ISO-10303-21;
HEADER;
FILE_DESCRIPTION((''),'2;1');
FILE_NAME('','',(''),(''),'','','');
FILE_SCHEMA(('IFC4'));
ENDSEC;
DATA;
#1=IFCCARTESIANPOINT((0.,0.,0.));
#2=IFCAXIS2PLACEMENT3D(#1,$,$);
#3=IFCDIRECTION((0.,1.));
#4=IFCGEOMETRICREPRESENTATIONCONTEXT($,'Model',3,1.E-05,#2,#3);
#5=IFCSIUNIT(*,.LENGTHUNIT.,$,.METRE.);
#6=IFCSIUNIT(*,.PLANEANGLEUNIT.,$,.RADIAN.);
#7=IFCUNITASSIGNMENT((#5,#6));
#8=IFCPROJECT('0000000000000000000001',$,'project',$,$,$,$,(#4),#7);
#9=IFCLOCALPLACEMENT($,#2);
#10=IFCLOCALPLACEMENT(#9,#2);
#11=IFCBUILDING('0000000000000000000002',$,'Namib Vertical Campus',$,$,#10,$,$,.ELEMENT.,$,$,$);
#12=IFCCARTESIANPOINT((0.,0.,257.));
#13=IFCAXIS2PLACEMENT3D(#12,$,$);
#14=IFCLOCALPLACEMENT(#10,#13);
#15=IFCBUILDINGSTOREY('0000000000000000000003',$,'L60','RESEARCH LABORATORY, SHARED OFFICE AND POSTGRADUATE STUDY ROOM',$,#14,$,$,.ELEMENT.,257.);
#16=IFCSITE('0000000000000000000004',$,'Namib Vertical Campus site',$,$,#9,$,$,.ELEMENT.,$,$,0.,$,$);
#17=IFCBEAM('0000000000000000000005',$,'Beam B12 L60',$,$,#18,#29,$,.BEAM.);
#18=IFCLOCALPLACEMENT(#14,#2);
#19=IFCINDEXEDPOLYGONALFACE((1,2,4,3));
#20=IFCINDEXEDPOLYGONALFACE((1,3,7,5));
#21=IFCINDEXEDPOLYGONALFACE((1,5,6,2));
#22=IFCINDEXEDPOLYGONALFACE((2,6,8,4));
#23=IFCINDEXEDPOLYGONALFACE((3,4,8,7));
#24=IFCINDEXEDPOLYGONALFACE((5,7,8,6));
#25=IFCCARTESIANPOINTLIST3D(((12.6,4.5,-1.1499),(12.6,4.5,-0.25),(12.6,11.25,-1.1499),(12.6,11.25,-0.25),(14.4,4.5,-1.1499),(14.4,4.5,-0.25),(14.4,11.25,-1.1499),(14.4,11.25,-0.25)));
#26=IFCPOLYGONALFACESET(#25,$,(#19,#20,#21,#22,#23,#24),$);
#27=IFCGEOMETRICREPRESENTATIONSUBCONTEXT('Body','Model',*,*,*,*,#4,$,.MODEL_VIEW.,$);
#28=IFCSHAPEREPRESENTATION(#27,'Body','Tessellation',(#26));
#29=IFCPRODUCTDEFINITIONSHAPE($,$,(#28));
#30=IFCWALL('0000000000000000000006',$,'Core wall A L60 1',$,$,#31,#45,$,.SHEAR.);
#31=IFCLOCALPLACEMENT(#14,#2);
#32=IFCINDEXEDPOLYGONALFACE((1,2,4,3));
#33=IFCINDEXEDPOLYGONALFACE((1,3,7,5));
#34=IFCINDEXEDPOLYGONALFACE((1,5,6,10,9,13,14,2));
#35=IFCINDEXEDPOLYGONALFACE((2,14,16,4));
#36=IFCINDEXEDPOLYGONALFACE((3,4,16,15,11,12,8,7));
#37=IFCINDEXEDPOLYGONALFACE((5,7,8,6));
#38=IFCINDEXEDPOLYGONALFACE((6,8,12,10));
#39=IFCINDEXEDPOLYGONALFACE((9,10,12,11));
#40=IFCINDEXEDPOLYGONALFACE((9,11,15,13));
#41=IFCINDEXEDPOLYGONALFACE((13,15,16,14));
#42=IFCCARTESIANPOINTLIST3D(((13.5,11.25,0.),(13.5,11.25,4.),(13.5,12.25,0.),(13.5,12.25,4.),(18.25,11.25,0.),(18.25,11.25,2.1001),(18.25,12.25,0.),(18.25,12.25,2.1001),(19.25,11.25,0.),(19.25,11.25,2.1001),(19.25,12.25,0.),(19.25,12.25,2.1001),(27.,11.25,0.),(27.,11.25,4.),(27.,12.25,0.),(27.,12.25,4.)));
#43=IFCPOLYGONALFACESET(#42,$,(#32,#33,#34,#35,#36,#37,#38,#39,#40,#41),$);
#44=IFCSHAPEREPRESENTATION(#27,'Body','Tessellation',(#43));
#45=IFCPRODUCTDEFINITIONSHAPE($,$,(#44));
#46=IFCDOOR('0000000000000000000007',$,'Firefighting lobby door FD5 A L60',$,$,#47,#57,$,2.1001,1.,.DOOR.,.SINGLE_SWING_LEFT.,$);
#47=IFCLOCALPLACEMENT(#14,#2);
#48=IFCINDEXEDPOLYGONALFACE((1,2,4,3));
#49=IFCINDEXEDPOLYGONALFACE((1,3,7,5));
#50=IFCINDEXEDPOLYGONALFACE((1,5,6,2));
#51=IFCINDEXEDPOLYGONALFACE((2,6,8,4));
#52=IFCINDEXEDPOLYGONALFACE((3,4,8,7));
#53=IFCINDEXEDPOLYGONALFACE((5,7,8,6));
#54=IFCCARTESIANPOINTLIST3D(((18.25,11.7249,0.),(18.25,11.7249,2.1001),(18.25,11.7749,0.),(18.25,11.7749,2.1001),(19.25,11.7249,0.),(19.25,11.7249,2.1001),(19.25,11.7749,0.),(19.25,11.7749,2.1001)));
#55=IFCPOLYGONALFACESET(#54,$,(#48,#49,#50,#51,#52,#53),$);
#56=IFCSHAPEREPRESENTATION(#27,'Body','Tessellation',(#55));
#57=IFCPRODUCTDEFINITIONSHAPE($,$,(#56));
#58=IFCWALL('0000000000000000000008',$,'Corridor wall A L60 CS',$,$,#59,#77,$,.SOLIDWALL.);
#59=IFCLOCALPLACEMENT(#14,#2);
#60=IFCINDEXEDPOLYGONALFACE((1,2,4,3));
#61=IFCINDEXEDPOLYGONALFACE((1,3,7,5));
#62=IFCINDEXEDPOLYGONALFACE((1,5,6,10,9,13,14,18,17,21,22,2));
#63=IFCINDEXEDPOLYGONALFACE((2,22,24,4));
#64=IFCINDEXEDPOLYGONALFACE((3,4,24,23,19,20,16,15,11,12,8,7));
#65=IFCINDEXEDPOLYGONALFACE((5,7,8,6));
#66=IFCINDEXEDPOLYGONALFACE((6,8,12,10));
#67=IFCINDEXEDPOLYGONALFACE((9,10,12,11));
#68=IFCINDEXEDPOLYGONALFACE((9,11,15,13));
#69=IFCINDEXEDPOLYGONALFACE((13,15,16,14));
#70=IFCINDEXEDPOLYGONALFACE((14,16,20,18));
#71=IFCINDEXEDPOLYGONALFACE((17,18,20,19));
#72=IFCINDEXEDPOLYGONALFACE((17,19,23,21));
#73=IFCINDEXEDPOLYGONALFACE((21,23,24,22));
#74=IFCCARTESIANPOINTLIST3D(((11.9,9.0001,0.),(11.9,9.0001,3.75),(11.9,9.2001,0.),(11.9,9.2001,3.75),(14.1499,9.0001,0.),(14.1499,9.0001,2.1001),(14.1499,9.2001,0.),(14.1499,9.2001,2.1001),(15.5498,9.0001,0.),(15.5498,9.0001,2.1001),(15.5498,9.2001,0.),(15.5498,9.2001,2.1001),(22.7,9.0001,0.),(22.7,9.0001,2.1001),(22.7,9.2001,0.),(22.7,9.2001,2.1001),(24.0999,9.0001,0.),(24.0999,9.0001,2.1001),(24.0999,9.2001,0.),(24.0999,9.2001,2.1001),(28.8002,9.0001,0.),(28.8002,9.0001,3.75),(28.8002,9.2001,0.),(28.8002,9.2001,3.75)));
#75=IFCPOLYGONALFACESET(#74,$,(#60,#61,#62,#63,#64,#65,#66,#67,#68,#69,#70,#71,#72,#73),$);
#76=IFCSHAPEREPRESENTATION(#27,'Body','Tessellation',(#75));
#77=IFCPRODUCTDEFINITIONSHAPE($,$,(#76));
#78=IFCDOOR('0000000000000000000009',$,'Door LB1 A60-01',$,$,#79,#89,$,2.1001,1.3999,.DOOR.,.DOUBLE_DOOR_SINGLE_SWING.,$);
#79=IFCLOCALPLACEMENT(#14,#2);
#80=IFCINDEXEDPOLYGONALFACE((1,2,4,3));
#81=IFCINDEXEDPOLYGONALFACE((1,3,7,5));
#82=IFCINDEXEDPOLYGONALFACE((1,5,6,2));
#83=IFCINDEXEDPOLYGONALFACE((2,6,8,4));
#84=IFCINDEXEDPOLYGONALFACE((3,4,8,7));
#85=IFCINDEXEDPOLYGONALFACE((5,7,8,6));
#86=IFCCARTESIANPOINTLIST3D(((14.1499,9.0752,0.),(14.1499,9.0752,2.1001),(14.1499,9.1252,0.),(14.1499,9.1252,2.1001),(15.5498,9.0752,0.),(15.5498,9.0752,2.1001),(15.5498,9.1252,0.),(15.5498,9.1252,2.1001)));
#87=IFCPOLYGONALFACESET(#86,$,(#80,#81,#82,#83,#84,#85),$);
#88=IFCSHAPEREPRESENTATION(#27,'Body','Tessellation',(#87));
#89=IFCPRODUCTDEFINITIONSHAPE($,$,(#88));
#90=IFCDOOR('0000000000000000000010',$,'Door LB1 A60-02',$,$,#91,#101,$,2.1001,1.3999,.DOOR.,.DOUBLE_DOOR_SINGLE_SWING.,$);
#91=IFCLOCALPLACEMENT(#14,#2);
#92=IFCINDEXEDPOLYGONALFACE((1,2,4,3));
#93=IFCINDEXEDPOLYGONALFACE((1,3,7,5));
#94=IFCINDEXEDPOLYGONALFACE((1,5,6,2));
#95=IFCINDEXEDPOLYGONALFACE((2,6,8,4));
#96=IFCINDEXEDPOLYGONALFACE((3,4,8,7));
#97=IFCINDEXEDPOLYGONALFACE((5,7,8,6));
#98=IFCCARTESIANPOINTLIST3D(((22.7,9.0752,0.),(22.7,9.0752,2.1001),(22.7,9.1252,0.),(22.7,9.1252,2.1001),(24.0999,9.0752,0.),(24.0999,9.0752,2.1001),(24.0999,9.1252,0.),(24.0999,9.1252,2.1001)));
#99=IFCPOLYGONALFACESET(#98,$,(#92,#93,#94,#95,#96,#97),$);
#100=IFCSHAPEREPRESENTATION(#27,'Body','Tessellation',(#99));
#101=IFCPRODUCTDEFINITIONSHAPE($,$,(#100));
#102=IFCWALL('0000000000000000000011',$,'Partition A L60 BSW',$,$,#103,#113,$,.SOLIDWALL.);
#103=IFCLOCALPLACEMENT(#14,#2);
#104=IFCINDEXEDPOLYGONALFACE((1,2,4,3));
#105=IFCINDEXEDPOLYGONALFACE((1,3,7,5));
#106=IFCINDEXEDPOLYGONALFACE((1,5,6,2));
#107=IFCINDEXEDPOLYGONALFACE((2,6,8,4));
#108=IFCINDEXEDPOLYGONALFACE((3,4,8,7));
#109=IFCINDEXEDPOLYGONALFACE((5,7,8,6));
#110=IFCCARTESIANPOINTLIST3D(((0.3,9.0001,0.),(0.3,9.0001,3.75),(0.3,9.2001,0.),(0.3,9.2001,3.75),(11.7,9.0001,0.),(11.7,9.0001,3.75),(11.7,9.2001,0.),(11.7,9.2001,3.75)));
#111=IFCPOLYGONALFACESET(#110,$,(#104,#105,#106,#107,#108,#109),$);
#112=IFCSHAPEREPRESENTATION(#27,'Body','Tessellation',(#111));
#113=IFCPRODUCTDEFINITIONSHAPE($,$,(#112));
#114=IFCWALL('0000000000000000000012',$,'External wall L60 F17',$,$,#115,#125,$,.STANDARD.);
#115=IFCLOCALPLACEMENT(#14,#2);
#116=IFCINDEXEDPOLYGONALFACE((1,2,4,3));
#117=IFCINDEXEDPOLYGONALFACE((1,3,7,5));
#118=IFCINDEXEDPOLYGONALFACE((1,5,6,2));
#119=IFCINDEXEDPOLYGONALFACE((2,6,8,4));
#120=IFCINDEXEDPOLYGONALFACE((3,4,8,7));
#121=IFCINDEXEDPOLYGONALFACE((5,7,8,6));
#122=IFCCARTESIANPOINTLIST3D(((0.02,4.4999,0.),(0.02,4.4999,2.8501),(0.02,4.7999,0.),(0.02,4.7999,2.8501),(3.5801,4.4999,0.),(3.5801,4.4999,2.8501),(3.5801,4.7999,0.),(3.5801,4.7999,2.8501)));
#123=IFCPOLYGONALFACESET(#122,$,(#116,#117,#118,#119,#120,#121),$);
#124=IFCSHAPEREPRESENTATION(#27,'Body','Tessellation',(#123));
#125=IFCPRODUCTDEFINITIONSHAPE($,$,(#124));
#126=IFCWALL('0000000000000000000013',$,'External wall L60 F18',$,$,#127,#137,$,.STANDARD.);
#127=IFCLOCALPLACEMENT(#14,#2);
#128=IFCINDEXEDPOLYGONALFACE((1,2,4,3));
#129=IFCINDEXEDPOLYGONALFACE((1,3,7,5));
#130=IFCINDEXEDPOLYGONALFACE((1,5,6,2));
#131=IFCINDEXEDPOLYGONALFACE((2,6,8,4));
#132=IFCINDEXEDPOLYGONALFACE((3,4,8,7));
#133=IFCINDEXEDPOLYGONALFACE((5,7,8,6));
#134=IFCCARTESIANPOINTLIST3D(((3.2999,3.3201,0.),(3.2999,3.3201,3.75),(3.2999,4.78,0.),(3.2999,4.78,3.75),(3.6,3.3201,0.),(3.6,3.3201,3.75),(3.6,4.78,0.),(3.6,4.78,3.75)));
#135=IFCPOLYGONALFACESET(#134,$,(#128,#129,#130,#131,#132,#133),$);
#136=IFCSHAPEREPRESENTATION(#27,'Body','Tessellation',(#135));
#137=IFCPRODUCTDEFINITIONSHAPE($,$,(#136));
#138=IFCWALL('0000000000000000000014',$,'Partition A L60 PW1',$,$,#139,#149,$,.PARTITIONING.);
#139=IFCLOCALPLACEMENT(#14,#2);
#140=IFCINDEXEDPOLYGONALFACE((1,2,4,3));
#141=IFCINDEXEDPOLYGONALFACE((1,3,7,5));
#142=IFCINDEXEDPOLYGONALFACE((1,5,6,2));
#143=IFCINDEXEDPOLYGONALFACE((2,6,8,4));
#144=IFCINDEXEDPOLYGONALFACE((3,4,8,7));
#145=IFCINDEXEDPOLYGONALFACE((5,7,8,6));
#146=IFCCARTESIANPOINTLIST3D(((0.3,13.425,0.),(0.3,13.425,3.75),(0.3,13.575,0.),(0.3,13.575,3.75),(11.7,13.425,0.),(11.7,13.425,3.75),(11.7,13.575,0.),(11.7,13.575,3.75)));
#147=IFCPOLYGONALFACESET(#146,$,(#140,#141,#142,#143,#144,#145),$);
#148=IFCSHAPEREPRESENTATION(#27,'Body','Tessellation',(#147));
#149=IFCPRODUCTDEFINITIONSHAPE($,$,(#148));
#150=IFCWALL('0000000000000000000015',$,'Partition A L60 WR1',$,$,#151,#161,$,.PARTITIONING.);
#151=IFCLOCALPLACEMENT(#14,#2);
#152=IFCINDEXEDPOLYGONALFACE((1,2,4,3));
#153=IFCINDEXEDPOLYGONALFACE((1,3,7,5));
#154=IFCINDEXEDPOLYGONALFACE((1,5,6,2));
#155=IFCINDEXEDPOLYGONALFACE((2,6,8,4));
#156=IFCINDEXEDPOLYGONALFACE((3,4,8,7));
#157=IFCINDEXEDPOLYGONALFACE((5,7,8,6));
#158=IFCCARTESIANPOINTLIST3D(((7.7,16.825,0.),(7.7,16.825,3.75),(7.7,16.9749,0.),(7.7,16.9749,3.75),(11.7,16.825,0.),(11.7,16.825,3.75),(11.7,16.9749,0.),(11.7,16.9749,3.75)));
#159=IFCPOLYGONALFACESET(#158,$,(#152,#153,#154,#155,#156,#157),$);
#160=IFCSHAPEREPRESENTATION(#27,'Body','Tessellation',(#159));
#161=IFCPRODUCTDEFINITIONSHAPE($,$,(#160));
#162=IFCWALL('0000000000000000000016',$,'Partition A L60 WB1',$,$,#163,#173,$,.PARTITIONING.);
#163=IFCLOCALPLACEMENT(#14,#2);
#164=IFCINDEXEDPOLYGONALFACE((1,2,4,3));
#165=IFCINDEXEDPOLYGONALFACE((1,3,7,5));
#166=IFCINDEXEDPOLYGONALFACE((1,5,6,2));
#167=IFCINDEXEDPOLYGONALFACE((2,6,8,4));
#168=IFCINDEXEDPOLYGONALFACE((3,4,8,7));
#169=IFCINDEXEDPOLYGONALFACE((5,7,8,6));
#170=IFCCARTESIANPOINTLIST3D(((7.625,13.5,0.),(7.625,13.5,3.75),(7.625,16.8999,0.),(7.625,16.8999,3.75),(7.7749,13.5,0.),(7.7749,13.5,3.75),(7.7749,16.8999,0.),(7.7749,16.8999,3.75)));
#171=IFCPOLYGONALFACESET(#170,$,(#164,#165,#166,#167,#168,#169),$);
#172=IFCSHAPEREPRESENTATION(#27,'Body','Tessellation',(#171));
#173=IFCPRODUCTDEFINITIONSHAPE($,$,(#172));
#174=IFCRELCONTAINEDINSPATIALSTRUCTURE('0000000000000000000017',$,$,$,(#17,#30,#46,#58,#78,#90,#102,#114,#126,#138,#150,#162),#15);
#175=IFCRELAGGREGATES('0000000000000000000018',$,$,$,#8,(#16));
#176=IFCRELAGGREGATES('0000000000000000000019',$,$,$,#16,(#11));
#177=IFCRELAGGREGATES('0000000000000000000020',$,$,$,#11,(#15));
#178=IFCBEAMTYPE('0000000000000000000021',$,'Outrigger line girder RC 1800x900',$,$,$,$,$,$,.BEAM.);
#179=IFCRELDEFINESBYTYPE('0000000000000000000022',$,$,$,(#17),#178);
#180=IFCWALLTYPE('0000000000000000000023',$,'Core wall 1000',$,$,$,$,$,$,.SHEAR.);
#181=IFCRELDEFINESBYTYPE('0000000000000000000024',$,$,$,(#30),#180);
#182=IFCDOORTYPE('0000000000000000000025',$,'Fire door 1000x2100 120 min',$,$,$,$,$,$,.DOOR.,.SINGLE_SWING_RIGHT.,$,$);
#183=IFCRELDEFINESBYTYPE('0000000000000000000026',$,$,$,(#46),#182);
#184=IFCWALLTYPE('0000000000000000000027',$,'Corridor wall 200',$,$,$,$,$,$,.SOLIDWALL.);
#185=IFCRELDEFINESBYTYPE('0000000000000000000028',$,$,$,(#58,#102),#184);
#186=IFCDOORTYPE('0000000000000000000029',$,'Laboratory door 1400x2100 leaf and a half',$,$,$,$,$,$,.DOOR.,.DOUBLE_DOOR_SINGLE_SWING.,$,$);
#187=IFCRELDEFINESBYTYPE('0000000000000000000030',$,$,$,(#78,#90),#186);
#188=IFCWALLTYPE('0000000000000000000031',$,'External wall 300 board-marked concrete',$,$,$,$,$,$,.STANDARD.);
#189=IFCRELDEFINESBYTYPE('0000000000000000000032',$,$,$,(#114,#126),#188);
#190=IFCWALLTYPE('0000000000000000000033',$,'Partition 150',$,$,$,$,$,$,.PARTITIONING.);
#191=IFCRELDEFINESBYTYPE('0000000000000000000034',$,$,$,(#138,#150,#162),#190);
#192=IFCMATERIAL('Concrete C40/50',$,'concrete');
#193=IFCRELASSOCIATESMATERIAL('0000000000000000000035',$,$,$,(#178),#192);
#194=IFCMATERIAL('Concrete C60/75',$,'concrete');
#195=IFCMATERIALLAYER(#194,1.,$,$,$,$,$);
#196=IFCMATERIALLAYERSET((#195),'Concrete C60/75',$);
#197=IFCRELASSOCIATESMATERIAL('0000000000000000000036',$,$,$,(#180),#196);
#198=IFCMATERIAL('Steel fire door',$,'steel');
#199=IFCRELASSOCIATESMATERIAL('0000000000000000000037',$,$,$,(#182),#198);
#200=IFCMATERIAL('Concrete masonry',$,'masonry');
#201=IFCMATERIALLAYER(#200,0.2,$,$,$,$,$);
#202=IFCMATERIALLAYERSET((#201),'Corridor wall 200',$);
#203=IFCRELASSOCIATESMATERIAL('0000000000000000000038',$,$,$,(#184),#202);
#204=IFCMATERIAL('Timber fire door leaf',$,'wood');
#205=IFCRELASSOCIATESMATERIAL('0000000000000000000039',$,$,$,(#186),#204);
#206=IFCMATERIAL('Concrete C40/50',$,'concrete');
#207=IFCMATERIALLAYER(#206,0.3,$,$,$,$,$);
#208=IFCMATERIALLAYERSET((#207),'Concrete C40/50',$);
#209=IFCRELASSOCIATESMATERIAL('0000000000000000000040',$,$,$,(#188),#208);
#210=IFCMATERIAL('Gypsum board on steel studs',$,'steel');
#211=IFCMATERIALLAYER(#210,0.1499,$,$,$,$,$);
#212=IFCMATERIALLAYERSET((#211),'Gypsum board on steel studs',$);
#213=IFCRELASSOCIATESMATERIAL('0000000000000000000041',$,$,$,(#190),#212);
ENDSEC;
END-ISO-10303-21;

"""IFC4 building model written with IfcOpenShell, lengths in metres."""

from ifc_helpers import new_model, si_unit, direction, frame, frame_2d, origin, origin_2d, place, context, subcontext, project, spatial, rectangle, extrude, material, layer, layer_set, material_profile, profile_set, type_object, element, fill, save


model = new_model("IFC4")

# Units and contexts
model_context = context("Model", 3, precision=1e-05, world=origin(), true_north=direction((0.0, 1.0)))
body_context = subcontext(model_context, "Body", "Model", "MODEL_VIEW")
ifc_project = project(units=[si_unit("LENGTHUNIT", "METRE"), si_unit("PLANEANGLEUNIT", "RADIAN")], contexts=[model_context])

# Site, building, storey
site_placement = place(None, origin())
site = spatial("IfcSite", under=ifc_project, at=site_placement, Name="Namib Vertical Campus site", CompositionType="ELEMENT", RefElevation=0.0)
building_placement = place(site_placement, origin())
building = spatial("IfcBuilding", under=site, at=building_placement, Name="Namib Vertical Campus", CompositionType="ELEMENT")
storey_placement = place(building_placement, frame((0.0, 0.0, 257.0)))
storey = spatial("IfcBuildingStorey", under=building, at=storey_placement, Name="L60", Description="RESEARCH LABORATORY, SHARED OFFICE AND POSTGRADUATE STUDY ROOM", CompositionType="ELEMENT", Elevation=257.0)

# Beam
ifc_material_1 = material(Name="Concrete C40/50", Category="concrete")
ifc_material_profile_1 = material_profile(ifc_material_1, rectangle(XDim=1.8, YDim=0.8999, at=origin_2d()))
ifc_profile_set_1 = profile_set([ifc_material_profile_1], Name="Concrete C40/50")
beam_type_1 = type_object("IfcBeamType", Name="Outrigger line girder RC 1800x900", PredefinedType="BEAM", material=ifc_profile_set_1)
beam_1_placement = place(storey_placement, frame((13.5, 4.5, -0.7), z_axis=(0.0, 1.0, 0.0), x_axis=(-1.0, 0.0, 0.0)))
element("IfcBeam", 1, at=beam_1_placement, inside=storey, type_object=beam_type_1, Name="Beam B12 L60", PredefinedType="BEAM", context=body_context, shape_type="SweptSolid", body=[
    extrude(rectangle(XDim=1.8, YDim=0.8999, at=origin_2d()), origin(), (0.0, 0.0, 1.0), 6.75),
])

# Wall, opening, door
ifc_material_2 = material(Name="Concrete C60/75", Category="concrete")
ifc_layer_1 = layer(ifc_material_2, 1.0)
ifc_layer_set_1 = layer_set([ifc_layer_1], Name="Concrete C60/75")
wall_type_1 = type_object("IfcWallType", Name="Core wall 1000", PredefinedType="SHEAR", material=ifc_layer_set_1)
wall_1_placement = place(storey_placement, frame((13.5, 11.75, 0.0), z_axis=(0.0, 0.0, 1.0), x_axis=(1.0, 0.0, 0.0)))
wall_1 = element("IfcWall", 2, at=wall_1_placement, inside=storey, type_object=wall_type_1, Name="Core wall A L60 1", PredefinedType="SHEAR", context=body_context, shape_type="SweptSolid", body=[
    extrude(rectangle(XDim=13.5, YDim=1.0, at=frame_2d((6.75, 0.0))), origin(), (0.0, 0.0, 1.0), 4.0),
])
opening_1_placement = place(wall_1_placement, frame((4.75, 0.0, 0.0)))
opening_1 = element("IfcOpeningElement", 3, at=opening_1_placement, cuts=wall_1, PredefinedType="OPENING", context=body_context, shape_type="SweptSolid", body=[
    extrude(rectangle(XDim=1.0, YDim=2.1001, at=frame_2d((0.5, 1.05))), frame((0.0, 0.51, 0.0), z_axis=(0.0, -1.0, 0.0), x_axis=(1.0, 0.0, 0.0)), (0.0, 0.0, 1.0), 1.02),
])
ifc_material_3 = material(Name="Steel fire door", Category="steel")
door_type_1 = type_object("IfcDoorType", Name="Fire door 1000x2100 120 min", OperationType="SINGLE_SWING_RIGHT", PredefinedType="DOOR", material=ifc_material_3)
door_1_placement = place(opening_1_placement, origin())
door_1 = element("IfcDoor", 4, at=door_1_placement, inside=storey, type_object=door_type_1, Name="Firefighting lobby door FD5 A L60", OperationType="SINGLE_SWING_LEFT", OverallHeight=2.1001, OverallWidth=1.0, PredefinedType="DOOR", context=body_context, shape_type="SweptSolid", body=[
    extrude(rectangle(XDim=1.0, YDim=2.1001, at=frame_2d((0.5, 1.05))), frame((0.0, 0.0249, 0.0), z_axis=(0.0, -1.0, 0.0), x_axis=(1.0, 0.0, 0.0)), (0.0, 0.0, 1.0), 0.05),
])
fill(opening_1, door_1)

# Wall, openings, doors
ifc_material_4 = material(Name="Concrete masonry", Category="masonry")
ifc_layer_2 = layer(ifc_material_4, 0.2)
ifc_layer_set_2 = layer_set([ifc_layer_2], Name="Corridor wall 200")
wall_type_2 = type_object("IfcWallType", Name="Corridor wall 200", PredefinedType="SOLIDWALL", material=ifc_layer_set_2)
wall_2_placement = place(storey_placement, frame((11.8999, 9.1001, 0.0), z_axis=(0.0, 0.0, 1.0), x_axis=(1.0, 0.0, 0.0)))
wall_2 = element("IfcWall", 5, at=wall_2_placement, inside=storey, type_object=wall_type_2, Name="Corridor wall A L60 CS", PredefinedType="SOLIDWALL", context=body_context, shape_type="SweptSolid", body=[
    extrude(rectangle(XDim=16.9001, YDim=0.2, at=frame_2d((8.4502, 0.0))), origin(), (0.0, 0.0, 1.0), 3.75),
])
opening_2_placement = place(wall_2_placement, frame((2.25, 0.0, 0.0)))
opening_2 = element("IfcOpeningElement", 6, at=opening_2_placement, cuts=wall_2, PredefinedType="OPENING", context=body_context, shape_type="SweptSolid", body=[
    extrude(rectangle(XDim=1.3999, YDim=2.1001, at=frame_2d((0.7, 1.05))), frame((0.0, 0.1099, 0.0), z_axis=(0.0, -1.0, 0.0), x_axis=(1.0, 0.0, 0.0)), (0.0, 0.0, 1.0), 0.22),
])
opening_3_placement = place(wall_2_placement, frame((10.8, 0.0, 0.0)))
opening_3 = element("IfcOpeningElement", 7, at=opening_3_placement, cuts=wall_2, PredefinedType="OPENING", context=body_context, shape_type="SweptSolid", body=[
    extrude(rectangle(XDim=1.3999, YDim=2.1001, at=frame_2d((0.7, 1.05))), frame((0.0, 0.1099, 0.0), z_axis=(0.0, -1.0, 0.0), x_axis=(1.0, 0.0, 0.0)), (0.0, 0.0, 1.0), 0.22),
])
ifc_material_5 = material(Name="Timber fire door leaf", Category="wood")
door_type_2 = type_object("IfcDoorType", Name="Laboratory door 1400x2100 leaf and a half", OperationType="DOUBLE_DOOR_SINGLE_SWING", PredefinedType="DOOR", material=ifc_material_5)
door_2_placement = place(opening_2_placement, frame((1.3999, 0.0, 0.0), z_axis=(0.0, 0.0, 1.0), x_axis=(-1.0, 0.0, 0.0)))
door_2 = element("IfcDoor", 8, at=door_2_placement, inside=storey, type_object=door_type_2, Name="Door LB1 A60-01", OperationType="DOUBLE_DOOR_SINGLE_SWING", OverallHeight=2.1001, OverallWidth=1.3999, PredefinedType="DOOR", context=body_context, shape_type="SweptSolid", body=[
    extrude(rectangle(XDim=1.3999, YDim=2.1001, at=frame_2d((0.7, 1.05))), frame((0.0, 0.0249, 0.0), z_axis=(0.0, -1.0, 0.0), x_axis=(1.0, 0.0, 0.0)), (0.0, 0.0, 1.0), 0.05),
])
fill(opening_2, door_2)
door_3_placement = place(opening_3_placement, frame((1.3999, 0.0, 0.0), z_axis=(0.0, 0.0, 1.0), x_axis=(-1.0, 0.0, 0.0)))
door_3 = element("IfcDoor", 9, at=door_3_placement, inside=storey, type_object=door_type_2, Name="Door LB1 A60-02", OperationType="DOUBLE_DOOR_SINGLE_SWING", OverallHeight=2.1001, OverallWidth=1.3999, PredefinedType="DOOR", context=body_context, shape_type="SweptSolid", body=[
    extrude(rectangle(XDim=1.3999, YDim=2.1001, at=frame_2d((0.7, 1.05))), frame((0.0, 0.0249, 0.0), z_axis=(0.0, -1.0, 0.0), x_axis=(1.0, 0.0, 0.0)), (0.0, 0.0, 1.0), 0.05),
])
fill(opening_3, door_3)

# Walls
wall_3_placement = place(storey_placement, frame((0.3, 9.1001, 0.0), z_axis=(0.0, 0.0, 1.0), x_axis=(1.0, 0.0, 0.0)))
element("IfcWall", 10, at=wall_3_placement, inside=storey, type_object=wall_type_2, Name="Partition A L60 BSW", PredefinedType="SOLIDWALL", context=body_context, shape_type="SweptSolid", body=[
    extrude(rectangle(XDim=11.3999, YDim=0.2, at=frame_2d((5.7, 0.0))), origin(), (0.0, 0.0, 1.0), 3.75),
])
ifc_material_6 = material(Name="Concrete C40/50", Category="concrete")
ifc_layer_3 = layer(ifc_material_6, 0.3)
ifc_layer_set_3 = layer_set([ifc_layer_3], Name="Concrete C40/50")
wall_type_3 = type_object("IfcWallType", Name="External wall 300 board-marked concrete", PredefinedType="STANDARD", material=ifc_layer_set_3)
wall_4_placement = place(storey_placement, frame((0.02, 4.6499, 0.0), z_axis=(0.0, 0.0, 1.0), x_axis=(1.0, 0.0, 0.0)))
element("IfcWall", 11, at=wall_4_placement, inside=storey, type_object=wall_type_3, Name="External wall L60 F17", PredefinedType="STANDARD", context=body_context, shape_type="SweptSolid", body=[
    extrude(rectangle(XDim=3.5601, YDim=0.3, at=frame_2d((1.78, 0.0))), origin(), (0.0, 0.0, 1.0), 2.8501),
])
wall_5_placement = place(storey_placement, frame((3.45, 4.78, 0.0), z_axis=(0.0, 0.0, 1.0), x_axis=(0.0, -1.0, 0.0)))
element("IfcWall", 12, at=wall_5_placement, inside=storey, type_object=wall_type_3, Name="External wall L60 F18", PredefinedType="STANDARD", context=body_context, shape_type="SweptSolid", body=[
    extrude(rectangle(XDim=1.46, YDim=0.3, at=frame_2d((0.73, 0.0))), origin(), (0.0, 0.0, 1.0), 3.75),
])
ifc_material_7 = material(Name="Gypsum board on steel studs", Category="steel")
ifc_layer_4 = layer(ifc_material_7, 0.1499)
ifc_layer_set_4 = layer_set([ifc_layer_4], Name="Gypsum board on steel studs")
wall_type_4 = type_object("IfcWallType", Name="Partition 150", PredefinedType="PARTITIONING", material=ifc_layer_set_4)
wall_6_placement = place(storey_placement, frame((0.3, 13.5, 0.0), z_axis=(0.0, 0.0, 1.0), x_axis=(1.0, 0.0, 0.0)))
element("IfcWall", 13, at=wall_6_placement, inside=storey, type_object=wall_type_4, Name="Partition A L60 PW1", PredefinedType="PARTITIONING", context=body_context, shape_type="SweptSolid", body=[
    extrude(rectangle(XDim=11.3999, YDim=0.1499, at=frame_2d((5.7, 0.0))), origin(), (0.0, 0.0, 1.0), 3.75),
])
wall_7_placement = place(storey_placement, frame((11.7, 16.8999, 0.0), z_axis=(0.0, 0.0, 1.0), x_axis=(-1.0, 0.0, 0.0)))
element("IfcWall", 14, at=wall_7_placement, inside=storey, type_object=wall_type_4, Name="Partition A L60 WR1", PredefinedType="PARTITIONING", context=body_context, shape_type="SweptSolid", body=[
    extrude(rectangle(XDim=4.0, YDim=0.1499, at=frame_2d((2.0, 0.0))), origin(), (0.0, 0.0, 1.0), 3.75),
])
wall_8_placement = place(storey_placement, frame((7.7, 13.5, 0.0), z_axis=(0.0, 0.0, 1.0), x_axis=(0.0, 1.0, 0.0)))
element("IfcWall", 15, at=wall_8_placement, inside=storey, type_object=wall_type_4, Name="Partition A L60 WB1", PredefinedType="PARTITIONING", context=body_context, shape_type="SweptSolid", body=[
    extrude(rectangle(XDim=3.3999, YDim=0.1499, at=frame_2d((1.7, 0.0))), origin(), (0.0, 0.0, 1.0), 3.75),
])

save(model, "model.ifc")
